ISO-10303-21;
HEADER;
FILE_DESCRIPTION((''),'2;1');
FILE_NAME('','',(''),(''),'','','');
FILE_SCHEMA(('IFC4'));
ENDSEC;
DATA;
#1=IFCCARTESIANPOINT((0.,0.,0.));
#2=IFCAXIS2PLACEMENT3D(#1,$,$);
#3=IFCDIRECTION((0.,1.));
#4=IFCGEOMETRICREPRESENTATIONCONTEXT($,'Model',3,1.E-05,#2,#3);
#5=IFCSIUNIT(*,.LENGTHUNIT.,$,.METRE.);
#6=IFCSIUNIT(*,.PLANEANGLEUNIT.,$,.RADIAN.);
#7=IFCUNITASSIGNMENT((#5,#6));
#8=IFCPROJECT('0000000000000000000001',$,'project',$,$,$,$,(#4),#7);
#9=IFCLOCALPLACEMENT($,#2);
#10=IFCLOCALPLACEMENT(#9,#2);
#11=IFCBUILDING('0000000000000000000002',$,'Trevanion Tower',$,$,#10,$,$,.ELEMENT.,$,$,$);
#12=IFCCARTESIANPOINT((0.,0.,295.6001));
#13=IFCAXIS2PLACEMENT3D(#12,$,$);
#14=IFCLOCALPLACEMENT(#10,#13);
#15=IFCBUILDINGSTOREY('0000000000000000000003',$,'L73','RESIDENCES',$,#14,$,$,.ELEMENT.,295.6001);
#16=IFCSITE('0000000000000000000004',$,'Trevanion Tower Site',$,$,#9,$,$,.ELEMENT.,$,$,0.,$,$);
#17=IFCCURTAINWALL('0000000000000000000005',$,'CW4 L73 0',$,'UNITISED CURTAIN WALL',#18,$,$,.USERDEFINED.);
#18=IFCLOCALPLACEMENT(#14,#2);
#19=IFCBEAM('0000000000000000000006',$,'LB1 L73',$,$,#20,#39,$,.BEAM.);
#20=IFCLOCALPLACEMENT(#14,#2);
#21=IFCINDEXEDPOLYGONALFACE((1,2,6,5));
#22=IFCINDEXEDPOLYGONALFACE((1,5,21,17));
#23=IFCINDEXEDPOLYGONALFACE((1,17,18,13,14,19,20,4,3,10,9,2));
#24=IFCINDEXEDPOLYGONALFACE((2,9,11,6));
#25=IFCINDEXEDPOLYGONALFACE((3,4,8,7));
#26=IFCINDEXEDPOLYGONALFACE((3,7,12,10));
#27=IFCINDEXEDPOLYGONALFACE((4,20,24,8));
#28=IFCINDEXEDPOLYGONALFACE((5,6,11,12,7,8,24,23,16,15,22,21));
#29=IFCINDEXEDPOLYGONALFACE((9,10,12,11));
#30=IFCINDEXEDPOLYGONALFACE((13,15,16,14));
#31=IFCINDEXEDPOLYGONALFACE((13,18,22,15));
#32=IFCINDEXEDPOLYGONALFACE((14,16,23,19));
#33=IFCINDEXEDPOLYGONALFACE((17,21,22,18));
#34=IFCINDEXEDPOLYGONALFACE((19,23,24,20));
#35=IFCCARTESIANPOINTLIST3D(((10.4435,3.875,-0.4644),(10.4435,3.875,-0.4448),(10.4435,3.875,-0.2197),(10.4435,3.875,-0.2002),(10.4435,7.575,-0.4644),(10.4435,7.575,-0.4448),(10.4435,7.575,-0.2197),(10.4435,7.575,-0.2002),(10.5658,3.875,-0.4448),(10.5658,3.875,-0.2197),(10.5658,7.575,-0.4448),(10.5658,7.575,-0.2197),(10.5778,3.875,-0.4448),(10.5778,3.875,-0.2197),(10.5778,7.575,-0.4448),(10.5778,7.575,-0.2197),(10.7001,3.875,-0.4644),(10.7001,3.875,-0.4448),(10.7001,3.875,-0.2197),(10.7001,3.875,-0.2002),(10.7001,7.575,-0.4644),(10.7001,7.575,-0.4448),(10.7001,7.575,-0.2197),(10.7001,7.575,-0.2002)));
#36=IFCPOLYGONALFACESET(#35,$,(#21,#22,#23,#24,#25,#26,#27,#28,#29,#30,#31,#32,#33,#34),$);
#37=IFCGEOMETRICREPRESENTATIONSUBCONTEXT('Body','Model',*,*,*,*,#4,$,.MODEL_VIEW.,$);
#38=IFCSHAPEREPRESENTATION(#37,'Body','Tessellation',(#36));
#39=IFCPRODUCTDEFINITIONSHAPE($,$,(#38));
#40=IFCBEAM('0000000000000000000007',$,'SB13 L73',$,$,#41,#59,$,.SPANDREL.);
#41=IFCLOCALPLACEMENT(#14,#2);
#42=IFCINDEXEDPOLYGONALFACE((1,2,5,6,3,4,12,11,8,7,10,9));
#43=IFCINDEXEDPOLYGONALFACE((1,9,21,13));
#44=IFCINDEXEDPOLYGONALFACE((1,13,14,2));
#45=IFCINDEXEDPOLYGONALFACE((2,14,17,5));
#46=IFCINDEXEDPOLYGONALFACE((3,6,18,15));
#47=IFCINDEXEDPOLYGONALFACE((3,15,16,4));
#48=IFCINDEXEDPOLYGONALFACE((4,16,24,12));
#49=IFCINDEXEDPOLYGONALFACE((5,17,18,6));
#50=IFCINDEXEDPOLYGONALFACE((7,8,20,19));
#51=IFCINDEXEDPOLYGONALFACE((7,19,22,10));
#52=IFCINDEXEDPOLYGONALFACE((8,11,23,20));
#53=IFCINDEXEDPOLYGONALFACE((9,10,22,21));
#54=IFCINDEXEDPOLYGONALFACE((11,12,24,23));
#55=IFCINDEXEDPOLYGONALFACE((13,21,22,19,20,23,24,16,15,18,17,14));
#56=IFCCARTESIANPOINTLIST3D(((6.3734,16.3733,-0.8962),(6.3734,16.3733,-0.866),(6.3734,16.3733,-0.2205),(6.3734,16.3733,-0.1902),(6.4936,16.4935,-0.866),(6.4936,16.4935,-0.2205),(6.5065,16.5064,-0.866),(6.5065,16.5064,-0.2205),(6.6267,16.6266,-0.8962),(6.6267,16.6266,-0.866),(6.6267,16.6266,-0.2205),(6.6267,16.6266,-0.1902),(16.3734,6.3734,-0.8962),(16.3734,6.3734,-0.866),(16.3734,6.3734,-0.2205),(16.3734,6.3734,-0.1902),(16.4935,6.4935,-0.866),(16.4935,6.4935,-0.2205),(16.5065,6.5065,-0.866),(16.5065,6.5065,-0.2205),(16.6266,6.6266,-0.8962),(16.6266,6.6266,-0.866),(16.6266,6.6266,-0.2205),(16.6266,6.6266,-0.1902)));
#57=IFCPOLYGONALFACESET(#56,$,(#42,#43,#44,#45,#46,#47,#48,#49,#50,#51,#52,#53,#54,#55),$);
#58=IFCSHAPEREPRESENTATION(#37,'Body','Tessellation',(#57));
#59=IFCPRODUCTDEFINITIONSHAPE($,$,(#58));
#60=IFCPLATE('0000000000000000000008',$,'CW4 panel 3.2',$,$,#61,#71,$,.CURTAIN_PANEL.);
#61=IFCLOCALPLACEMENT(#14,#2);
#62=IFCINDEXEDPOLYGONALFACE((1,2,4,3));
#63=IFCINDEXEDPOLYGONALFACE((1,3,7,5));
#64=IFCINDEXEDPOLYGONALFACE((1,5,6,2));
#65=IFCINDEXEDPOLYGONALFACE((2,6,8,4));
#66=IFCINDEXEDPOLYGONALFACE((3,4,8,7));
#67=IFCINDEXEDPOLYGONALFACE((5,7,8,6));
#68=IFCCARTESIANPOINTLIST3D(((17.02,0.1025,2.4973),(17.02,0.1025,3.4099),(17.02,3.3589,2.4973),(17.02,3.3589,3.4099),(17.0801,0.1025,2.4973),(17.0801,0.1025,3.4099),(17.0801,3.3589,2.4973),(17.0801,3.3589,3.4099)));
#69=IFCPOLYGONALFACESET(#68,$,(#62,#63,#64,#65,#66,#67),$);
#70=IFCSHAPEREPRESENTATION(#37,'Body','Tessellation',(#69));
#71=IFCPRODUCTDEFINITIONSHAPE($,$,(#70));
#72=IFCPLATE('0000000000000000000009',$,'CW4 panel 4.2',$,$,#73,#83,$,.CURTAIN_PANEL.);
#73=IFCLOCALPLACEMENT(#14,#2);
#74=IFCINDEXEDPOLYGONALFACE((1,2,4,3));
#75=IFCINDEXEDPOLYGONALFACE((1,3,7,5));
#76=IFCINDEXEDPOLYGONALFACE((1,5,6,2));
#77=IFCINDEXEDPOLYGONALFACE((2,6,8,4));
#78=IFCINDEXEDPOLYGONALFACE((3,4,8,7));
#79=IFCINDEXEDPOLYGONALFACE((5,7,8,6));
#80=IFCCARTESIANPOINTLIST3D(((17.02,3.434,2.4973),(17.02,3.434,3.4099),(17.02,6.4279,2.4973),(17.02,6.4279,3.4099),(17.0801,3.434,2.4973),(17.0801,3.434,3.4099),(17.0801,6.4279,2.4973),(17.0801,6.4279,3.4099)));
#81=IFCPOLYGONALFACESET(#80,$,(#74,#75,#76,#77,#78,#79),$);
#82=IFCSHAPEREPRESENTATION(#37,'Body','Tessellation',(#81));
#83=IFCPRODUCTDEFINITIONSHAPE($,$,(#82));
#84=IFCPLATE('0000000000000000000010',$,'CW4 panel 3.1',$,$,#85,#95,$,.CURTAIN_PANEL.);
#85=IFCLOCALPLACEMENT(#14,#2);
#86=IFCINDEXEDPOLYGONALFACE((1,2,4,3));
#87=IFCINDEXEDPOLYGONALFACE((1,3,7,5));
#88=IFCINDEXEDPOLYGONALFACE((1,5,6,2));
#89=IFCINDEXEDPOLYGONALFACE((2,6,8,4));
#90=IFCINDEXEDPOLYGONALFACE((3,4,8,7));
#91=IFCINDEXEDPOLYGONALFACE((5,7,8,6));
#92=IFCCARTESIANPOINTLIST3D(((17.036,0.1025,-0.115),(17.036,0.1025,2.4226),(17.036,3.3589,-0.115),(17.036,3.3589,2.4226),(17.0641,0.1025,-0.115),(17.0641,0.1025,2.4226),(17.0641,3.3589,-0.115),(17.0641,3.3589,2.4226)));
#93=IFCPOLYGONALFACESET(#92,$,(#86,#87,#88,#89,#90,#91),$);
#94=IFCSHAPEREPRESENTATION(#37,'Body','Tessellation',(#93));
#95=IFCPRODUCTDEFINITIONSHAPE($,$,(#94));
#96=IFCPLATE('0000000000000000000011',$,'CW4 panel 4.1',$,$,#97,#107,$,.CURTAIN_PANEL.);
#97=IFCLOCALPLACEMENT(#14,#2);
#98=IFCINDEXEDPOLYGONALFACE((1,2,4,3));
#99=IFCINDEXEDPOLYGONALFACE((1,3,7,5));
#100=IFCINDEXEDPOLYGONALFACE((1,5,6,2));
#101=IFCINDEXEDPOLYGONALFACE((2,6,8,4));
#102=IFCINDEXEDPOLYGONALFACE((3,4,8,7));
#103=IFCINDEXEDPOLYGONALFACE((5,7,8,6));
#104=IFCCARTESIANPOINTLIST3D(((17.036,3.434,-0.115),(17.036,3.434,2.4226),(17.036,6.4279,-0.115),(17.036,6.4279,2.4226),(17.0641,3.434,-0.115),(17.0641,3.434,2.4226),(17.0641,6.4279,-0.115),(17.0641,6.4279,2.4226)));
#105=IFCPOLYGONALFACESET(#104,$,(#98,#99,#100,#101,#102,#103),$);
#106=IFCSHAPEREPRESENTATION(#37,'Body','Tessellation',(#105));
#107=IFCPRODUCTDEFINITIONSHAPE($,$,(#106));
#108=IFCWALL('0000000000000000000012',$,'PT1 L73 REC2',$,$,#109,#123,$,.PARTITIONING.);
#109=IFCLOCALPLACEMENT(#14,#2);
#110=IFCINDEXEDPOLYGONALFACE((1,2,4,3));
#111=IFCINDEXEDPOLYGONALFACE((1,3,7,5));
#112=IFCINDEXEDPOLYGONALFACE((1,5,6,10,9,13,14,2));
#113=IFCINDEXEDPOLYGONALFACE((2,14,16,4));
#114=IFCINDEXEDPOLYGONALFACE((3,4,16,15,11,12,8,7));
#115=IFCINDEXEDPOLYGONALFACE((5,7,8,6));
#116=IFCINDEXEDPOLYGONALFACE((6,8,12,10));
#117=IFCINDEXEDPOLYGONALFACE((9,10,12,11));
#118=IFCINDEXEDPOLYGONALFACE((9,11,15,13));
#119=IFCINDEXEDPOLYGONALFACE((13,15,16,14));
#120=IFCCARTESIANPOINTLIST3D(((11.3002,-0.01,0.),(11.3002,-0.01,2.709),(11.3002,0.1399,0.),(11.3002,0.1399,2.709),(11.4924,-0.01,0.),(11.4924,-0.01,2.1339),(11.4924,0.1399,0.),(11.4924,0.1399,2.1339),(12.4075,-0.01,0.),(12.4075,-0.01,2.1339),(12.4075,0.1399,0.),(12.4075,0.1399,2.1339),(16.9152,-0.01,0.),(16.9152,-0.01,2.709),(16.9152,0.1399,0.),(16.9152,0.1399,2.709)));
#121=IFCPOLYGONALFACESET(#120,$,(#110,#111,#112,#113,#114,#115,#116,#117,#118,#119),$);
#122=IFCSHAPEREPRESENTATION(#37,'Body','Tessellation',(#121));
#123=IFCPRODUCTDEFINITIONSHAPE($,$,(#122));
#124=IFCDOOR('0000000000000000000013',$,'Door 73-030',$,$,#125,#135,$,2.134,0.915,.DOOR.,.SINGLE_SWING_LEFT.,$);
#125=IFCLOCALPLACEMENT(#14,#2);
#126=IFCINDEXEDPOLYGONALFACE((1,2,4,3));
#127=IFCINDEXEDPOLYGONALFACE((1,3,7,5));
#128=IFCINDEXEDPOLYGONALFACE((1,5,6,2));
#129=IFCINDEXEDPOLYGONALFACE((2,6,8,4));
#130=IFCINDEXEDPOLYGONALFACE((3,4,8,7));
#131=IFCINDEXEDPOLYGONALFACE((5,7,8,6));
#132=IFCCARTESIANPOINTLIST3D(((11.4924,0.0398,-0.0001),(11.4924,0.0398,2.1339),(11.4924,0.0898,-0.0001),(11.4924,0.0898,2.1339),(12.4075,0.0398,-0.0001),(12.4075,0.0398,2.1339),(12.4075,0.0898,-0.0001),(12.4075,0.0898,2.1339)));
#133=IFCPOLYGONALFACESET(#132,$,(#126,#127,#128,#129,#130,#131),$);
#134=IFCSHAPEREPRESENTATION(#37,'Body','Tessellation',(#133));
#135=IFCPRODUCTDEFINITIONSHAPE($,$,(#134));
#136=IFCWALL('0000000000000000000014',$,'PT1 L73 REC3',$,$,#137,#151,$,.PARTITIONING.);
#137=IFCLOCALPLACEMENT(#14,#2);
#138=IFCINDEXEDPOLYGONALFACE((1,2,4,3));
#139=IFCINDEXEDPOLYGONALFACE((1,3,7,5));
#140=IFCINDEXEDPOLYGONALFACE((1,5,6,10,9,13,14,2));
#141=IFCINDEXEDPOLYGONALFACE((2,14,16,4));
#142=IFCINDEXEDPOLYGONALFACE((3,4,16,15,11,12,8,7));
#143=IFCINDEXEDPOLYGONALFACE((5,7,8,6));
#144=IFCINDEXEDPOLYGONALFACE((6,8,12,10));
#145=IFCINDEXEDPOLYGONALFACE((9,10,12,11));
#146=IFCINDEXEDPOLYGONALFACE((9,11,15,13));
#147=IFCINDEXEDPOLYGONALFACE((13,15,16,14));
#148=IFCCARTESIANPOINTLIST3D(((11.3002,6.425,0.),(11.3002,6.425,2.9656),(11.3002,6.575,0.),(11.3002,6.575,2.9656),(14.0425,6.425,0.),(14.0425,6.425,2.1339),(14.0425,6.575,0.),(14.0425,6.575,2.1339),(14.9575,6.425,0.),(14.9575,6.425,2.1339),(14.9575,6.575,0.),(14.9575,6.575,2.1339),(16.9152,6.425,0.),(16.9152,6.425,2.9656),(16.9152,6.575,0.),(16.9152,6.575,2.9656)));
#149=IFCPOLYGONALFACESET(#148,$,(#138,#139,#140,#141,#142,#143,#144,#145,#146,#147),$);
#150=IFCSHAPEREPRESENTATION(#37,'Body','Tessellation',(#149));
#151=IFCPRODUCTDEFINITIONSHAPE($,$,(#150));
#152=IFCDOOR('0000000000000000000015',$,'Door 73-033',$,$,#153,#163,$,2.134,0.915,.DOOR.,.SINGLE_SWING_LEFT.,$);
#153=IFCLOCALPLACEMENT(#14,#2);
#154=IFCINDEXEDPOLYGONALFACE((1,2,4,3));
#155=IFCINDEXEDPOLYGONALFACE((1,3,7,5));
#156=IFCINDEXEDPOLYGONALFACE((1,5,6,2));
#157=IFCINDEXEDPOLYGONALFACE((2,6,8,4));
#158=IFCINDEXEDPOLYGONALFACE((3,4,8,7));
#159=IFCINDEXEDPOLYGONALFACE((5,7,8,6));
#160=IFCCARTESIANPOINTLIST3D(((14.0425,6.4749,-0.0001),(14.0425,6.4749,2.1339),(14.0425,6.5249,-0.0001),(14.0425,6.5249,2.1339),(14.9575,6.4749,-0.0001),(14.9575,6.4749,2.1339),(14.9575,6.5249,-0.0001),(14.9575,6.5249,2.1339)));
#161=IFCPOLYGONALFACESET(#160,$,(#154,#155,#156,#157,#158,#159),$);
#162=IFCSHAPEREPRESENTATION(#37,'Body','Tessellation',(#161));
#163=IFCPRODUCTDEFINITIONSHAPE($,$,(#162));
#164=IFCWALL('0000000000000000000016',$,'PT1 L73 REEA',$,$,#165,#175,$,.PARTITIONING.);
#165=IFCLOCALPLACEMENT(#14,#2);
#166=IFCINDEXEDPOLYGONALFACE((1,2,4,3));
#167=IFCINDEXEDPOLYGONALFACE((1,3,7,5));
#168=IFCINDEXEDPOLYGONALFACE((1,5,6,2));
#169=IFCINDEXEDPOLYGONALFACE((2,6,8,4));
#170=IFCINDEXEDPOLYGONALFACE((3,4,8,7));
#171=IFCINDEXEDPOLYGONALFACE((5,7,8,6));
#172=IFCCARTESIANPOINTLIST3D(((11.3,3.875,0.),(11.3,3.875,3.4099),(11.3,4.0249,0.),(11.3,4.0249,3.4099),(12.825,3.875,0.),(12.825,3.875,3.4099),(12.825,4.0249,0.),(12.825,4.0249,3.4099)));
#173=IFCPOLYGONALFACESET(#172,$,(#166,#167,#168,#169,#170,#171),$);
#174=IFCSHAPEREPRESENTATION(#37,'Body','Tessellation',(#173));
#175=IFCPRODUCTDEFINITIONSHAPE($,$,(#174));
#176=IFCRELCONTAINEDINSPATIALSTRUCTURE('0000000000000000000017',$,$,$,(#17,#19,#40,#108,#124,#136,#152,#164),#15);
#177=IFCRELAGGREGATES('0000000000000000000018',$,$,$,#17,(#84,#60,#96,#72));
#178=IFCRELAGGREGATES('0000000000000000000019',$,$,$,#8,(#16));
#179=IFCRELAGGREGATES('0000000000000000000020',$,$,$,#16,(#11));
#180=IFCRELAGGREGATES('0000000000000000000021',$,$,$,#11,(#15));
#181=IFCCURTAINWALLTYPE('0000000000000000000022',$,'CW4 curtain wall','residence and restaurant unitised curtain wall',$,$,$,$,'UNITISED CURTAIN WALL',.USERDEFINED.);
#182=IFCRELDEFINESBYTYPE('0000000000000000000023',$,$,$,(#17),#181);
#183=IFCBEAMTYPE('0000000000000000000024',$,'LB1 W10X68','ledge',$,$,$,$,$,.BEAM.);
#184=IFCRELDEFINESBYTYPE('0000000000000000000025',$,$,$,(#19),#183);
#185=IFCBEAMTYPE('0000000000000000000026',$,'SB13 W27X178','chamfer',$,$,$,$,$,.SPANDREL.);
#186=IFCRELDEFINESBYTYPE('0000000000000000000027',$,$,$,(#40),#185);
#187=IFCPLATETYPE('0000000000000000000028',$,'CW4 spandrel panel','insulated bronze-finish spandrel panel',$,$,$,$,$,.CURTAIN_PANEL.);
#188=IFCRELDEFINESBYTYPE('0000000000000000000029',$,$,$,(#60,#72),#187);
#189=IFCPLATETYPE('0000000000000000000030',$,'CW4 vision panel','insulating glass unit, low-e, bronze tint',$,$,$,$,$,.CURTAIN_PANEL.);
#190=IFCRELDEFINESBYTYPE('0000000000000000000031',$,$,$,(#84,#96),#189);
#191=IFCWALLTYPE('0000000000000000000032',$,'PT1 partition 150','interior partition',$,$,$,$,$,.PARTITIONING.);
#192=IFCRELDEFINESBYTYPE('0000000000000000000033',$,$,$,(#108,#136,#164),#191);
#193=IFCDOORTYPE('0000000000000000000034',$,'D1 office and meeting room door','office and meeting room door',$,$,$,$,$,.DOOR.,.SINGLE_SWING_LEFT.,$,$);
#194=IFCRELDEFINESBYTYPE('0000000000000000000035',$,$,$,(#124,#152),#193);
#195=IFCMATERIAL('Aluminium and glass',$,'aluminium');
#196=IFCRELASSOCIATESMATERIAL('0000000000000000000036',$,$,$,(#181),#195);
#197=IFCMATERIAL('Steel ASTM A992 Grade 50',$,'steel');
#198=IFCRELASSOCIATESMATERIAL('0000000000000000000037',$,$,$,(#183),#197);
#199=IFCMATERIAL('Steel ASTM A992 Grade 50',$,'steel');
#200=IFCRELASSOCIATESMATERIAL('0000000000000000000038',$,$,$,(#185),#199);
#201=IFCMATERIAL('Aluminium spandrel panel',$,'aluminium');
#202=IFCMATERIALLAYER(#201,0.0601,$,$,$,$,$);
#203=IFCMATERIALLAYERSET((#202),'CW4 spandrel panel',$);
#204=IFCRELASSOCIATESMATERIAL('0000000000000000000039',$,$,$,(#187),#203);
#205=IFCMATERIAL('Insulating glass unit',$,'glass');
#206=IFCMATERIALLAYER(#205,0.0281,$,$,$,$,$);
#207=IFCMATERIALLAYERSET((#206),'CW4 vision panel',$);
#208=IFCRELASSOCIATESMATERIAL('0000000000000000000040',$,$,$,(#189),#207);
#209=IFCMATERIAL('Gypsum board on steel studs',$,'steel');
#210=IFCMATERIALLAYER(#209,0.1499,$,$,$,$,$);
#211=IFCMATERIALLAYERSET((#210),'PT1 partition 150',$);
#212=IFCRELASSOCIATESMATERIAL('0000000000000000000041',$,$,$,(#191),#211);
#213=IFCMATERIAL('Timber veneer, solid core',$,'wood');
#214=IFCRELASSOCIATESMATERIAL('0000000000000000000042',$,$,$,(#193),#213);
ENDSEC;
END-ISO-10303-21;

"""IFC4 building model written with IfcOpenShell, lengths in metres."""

from ifc_helpers import new_model, si_unit, direction, frame, frame_2d, origin, origin_2d, place, context, subcontext, project, spatial, rectangle, i_section, extrude, material, layer, layer_set, material_profile, profile_set, type_object, element, fill, aggregate, save


model = new_model("IFC4")

# Units and contexts
model_context = context("Model", 3, precision=1e-05, world=origin(), true_north=direction((0.0, 1.0)))
body_context = subcontext(model_context, "Body", "Model", "MODEL_VIEW")
ifc_project = project(units=[si_unit("LENGTHUNIT", "METRE"), si_unit("PLANEANGLEUNIT", "RADIAN")], contexts=[model_context])

# Site, building, storey
site_placement = place(None, origin())
site = spatial("IfcSite", under=ifc_project, at=site_placement, Name="Trevanion Tower Site", CompositionType="ELEMENT", RefElevation=0.0)
building_placement = place(site_placement, origin())
building = spatial("IfcBuilding", under=site, at=building_placement, Name="Trevanion Tower", CompositionType="ELEMENT")
storey_placement = place(building_placement, frame((0.0, 0.0, 295.6001)))
storey = spatial("IfcBuildingStorey", under=building, at=storey_placement, Name="L73", Description="RESIDENCES", CompositionType="ELEMENT", Elevation=295.6001)

# Curtain wall
ifc_material_1 = material(Name="Aluminium and glass", Category="aluminium")
curtain_wall_type = type_object("IfcCurtainWallType", Name="CW4 curtain wall", Description="residence and restaurant unitised curtain wall", ElementType="UNITISED CURTAIN WALL", PredefinedType="USERDEFINED", material=ifc_material_1)
curtain_wall_placement = place(storey_placement, origin())
curtain_wall = element("IfcCurtainWall", 1, at=curtain_wall_placement, inside=storey, type_object=curtain_wall_type, Name="CW4 L73 0", ObjectType="UNITISED CURTAIN WALL", PredefinedType="USERDEFINED")

# Beams
ifc_material_2 = material(Name="Steel ASTM A992 Grade 50", Category="steel")
ifc_material_profile_1 = material_profile(ifc_material_2, i_section(OverallWidth=0.2566, OverallDepth=0.2642, WebThickness=0.012, FlangeThickness=0.0195, at=origin_2d()), Name="W10X68")
ifc_profile_set_1 = profile_set([ifc_material_profile_1], Name="Steel ASTM A992 Grade 50")
beam_type_1 = type_object("IfcBeamType", Name="LB1 W10X68", Description="ledge", PredefinedType="BEAM", material=ifc_profile_set_1)
beam_1_placement = place(storey_placement, frame((10.5718, 3.875, -0.3323), z_axis=(0.0, 1.0, 0.0), x_axis=(-1.0, 0.0, 0.0)))
element("IfcBeam", 2, at=beam_1_placement, inside=storey, type_object=beam_type_1, Name="LB1 L73", PredefinedType="BEAM", context=body_context, shape_type="SweptSolid", body=[
    extrude(i_section(OverallWidth=0.2566, OverallDepth=0.2642, WebThickness=0.012, FlangeThickness=0.0195, at=origin_2d()), origin(), (0.0, 0.0, 1.0), 3.7),
])
ifc_material_3 = material(Name="Steel ASTM A992 Grade 50", Category="steel")
ifc_material_profile_2 = material_profile(ifc_material_3, i_section(OverallWidth=0.3582, OverallDepth=0.7061, WebThickness=0.0183, FlangeThickness=0.0303, at=origin_2d()), Name="W27X178")
ifc_profile_set_2 = profile_set([ifc_material_profile_2], Name="Steel ASTM A992 Grade 50")
beam_type_2 = type_object("IfcBeamType", Name="SB13 W27X178", Description="chamfer", PredefinedType="SPANDREL", material=ifc_profile_set_2)
beam_2_placement = place(storey_placement, frame((16.5, 6.5, -0.5432), z_axis=(-0.707107, 0.707107, 0.0), x_axis=(-0.707107, -0.707107, 0.0)))
element("IfcBeam", 3, at=beam_2_placement, inside=storey, type_object=beam_type_2, Name="SB13 L73", PredefinedType="SPANDREL", context=body_context, shape_type="SweptSolid", body=[
    extrude(i_section(OverallWidth=0.3582, OverallDepth=0.7061, WebThickness=0.0183, FlangeThickness=0.0303, at=origin_2d()), origin(), (0.0, 0.0, 1.0), 14.1421),
])

# Plates
ifc_material_4 = material(Name="Aluminium spandrel panel", Category="aluminium")
ifc_layer_1 = layer(ifc_material_4, 0.0601)
ifc_layer_set_1 = layer_set([ifc_layer_1], Name="CW4 spandrel panel")
plate_type_1 = type_object("IfcPlateType", Name="CW4 spandrel panel", Description="insulated bronze-finish spandrel panel", PredefinedType="CURTAIN_PANEL", material=ifc_layer_set_1)
plate_1_placement = place(storey_placement, frame((17.05, 1.7307, 2.4973), z_axis=(0.0, 0.0, 1.0), x_axis=(0.0, 1.0, 0.0)))
plate_1 = element("IfcPlate", 4, at=plate_1_placement, type_object=plate_type_1, Name="CW4 panel 3.2", PredefinedType="CURTAIN_PANEL", context=body_context, shape_type="SweptSolid", body=[
    extrude(rectangle(XDim=3.2563, YDim=0.0601, at=origin_2d()), origin(), (0.0, 0.0, 1.0), 0.9126),
])
plate_2_placement = place(storey_placement, frame((17.05, 4.9309, 2.4973), z_axis=(0.0, 0.0, 1.0), x_axis=(0.0, 1.0, 0.0)))
plate_2 = element("IfcPlate", 5, at=plate_2_placement, type_object=plate_type_1, Name="CW4 panel 4.2", PredefinedType="CURTAIN_PANEL", context=body_context, shape_type="SweptSolid", body=[
    extrude(rectangle(XDim=2.9939, YDim=0.0601, at=origin_2d()), origin(), (0.0, 0.0, 1.0), 0.9126),
])
ifc_material_5 = material(Name="Insulating glass unit", Category="glass")
ifc_layer_2 = layer(ifc_material_5, 0.0281)
ifc_layer_set_2 = layer_set([ifc_layer_2], Name="CW4 vision panel")
plate_type_2 = type_object("IfcPlateType", Name="CW4 vision panel", Description="insulating glass unit, low-e, bronze tint", PredefinedType="CURTAIN_PANEL", material=ifc_layer_set_2)
plate_3_placement = place(storey_placement, frame((17.05, 1.7307, -0.115), z_axis=(0.0, 0.0, 1.0), x_axis=(0.0, 1.0, 0.0)))
plate_3 = element("IfcPlate", 6, at=plate_3_placement, type_object=plate_type_2, Name="CW4 panel 3.1", PredefinedType="CURTAIN_PANEL", context=body_context, shape_type="SweptSolid", body=[
    extrude(rectangle(XDim=3.2563, YDim=0.0281, at=origin_2d()), origin(), (0.0, 0.0, 1.0), 2.5376),
])
plate_4_placement = place(storey_placement, frame((17.05, 4.9309, -0.115), z_axis=(0.0, 0.0, 1.0), x_axis=(0.0, 1.0, 0.0)))
plate_4 = element("IfcPlate", 7, at=plate_4_placement, type_object=plate_type_2, Name="CW4 panel 4.1", PredefinedType="CURTAIN_PANEL", context=body_context, shape_type="SweptSolid", body=[
    extrude(rectangle(XDim=2.9939, YDim=0.0281, at=origin_2d()), origin(), (0.0, 0.0, 1.0), 2.5376),
])
aggregate(curtain_wall, [plate_3, plate_1, plate_4, plate_2])

# Walls, openings, doors
ifc_material_6 = material(Name="Gypsum board on steel studs", Category="steel")
ifc_layer_3 = layer(ifc_material_6, 0.1499)
ifc_layer_set_3 = layer_set([ifc_layer_3], Name="PT1 partition 150")
wall_type_1 = type_object("IfcWallType", Name="PT1 partition 150", Description="interior partition", PredefinedType="PARTITIONING", material=ifc_layer_set_3)
wall_1_placement = place(storey_placement, frame((11.3, 0.0649, 0.0), z_axis=(0.0, 0.0, 1.0), x_axis=(1.0, 0.0, 0.0)))
wall_1 = element("IfcWall", 8, at=wall_1_placement, inside=storey, type_object=wall_type_1, Name="PT1 L73 REC2", PredefinedType="PARTITIONING", context=body_context, shape_type="SweptSolid", body=[
    extrude(rectangle(XDim=5.615, YDim=0.1499, at=frame_2d((2.8076, 0.0))), origin(), (0.0, 0.0, 1.0), 2.709),
])
opening_1_placement = place(wall_1_placement, frame((0.1924, 0.0, 0.0)))
opening_1 = element("IfcOpeningElement", 9, at=opening_1_placement, cuts=wall_1, PredefinedType="OPENING", context=body_context, shape_type="SweptSolid", body=[
    extrude(rectangle(XDim=0.915, YDim=2.134, at=frame_2d((0.4575, 1.0669))), frame((0.0, 0.085, 0.0), z_axis=(0.0, -1.0, 0.0), x_axis=(1.0, 0.0, 0.0)), (0.0, 0.0, 1.0), 0.1699),
])
ifc_material_7 = material(Name="Timber veneer, solid core", Category="wood")
door_type_1 = type_object("IfcDoorType", Name="D1 office and meeting room door", Description="office and meeting room door", OperationType="SINGLE_SWING_LEFT", PredefinedType="DOOR", material=ifc_material_7)
door_1_placement = place(opening_1_placement, origin())
door_1 = element("IfcDoor", 10, at=door_1_placement, inside=storey, type_object=door_type_1, Name="Door 73-030", OperationType="SINGLE_SWING_LEFT", OverallHeight=2.134, OverallWidth=0.915, PredefinedType="DOOR", context=body_context, shape_type="SweptSolid", body=[
    extrude(rectangle(XDim=0.915, YDim=2.134, at=frame_2d((0.4575, 1.0669))), frame((0.0, 0.0249, 0.0), z_axis=(0.0, -1.0, 0.0), x_axis=(1.0, 0.0, 0.0)), (0.0, 0.0, 1.0), 0.05),
])
fill(opening_1, door_1)
wall_2_placement = place(storey_placement, frame((11.3, 6.5, 0.0), z_axis=(0.0, 0.0, 1.0), x_axis=(1.0, 0.0, 0.0)))
wall_2 = element("IfcWall", 11, at=wall_2_placement, inside=storey, type_object=wall_type_1, Name="PT1 L73 REC3", PredefinedType="PARTITIONING", context=body_context, shape_type="SweptSolid", body=[
    extrude(rectangle(XDim=5.615, YDim=0.1499, at=frame_2d((2.8076, 0.0))), origin(), (0.0, 0.0, 1.0), 2.9656),
])
opening_2_placement = place(wall_2_placement, frame((2.7424, 0.0, 0.0)))
opening_2 = element("IfcOpeningElement", 12, at=opening_2_placement, cuts=wall_2, PredefinedType="OPENING", context=body_context, shape_type="SweptSolid", body=[
    extrude(rectangle(XDim=0.915, YDim=2.134, at=frame_2d((0.4575, 1.0669))), frame((0.0, 0.085, 0.0), z_axis=(0.0, -1.0, 0.0), x_axis=(1.0, 0.0, 0.0)), (0.0, 0.0, 1.0), 0.1699),
])
door_2_placement = place(opening_2_placement, origin())
door_2 = element("IfcDoor", 13, at=door_2_placement, inside=storey, type_object=door_type_1, Name="Door 73-033", OperationType="SINGLE_SWING_LEFT", OverallHeight=2.134, OverallWidth=0.915, PredefinedType="DOOR", context=body_context, shape_type="SweptSolid", body=[
    extrude(rectangle(XDim=0.915, YDim=2.134, at=frame_2d((0.4575, 1.0669))), frame((0.0, 0.0249, 0.0), z_axis=(0.0, -1.0, 0.0), x_axis=(1.0, 0.0, 0.0)), (0.0, 0.0, 1.0), 0.05),
])
fill(opening_2, door_2)

# Wall
for number, where, z_axis, x_axis, name in (
    (14, (11.3, 3.95, 0.0), (0.0, 0.0, 1.0), (1.0, 0.0, 0.0), "PT1 L73 REEA"),
):
    element("IfcWall", number, at=place(storey_placement, frame(where, z_axis=z_axis, x_axis=x_axis)), inside=storey, type_object=wall_type_1, Name=name, PredefinedType="PARTITIONING", context=body_context, shape_type="SweptSolid", body=[
        extrude(rectangle(XDim=1.5249, YDim=0.1499, at=frame_2d((0.7625, 0.0))), origin(), (0.0, 0.0, 1.0), 3.4099),
    ])

save(model, "model.ifc")
